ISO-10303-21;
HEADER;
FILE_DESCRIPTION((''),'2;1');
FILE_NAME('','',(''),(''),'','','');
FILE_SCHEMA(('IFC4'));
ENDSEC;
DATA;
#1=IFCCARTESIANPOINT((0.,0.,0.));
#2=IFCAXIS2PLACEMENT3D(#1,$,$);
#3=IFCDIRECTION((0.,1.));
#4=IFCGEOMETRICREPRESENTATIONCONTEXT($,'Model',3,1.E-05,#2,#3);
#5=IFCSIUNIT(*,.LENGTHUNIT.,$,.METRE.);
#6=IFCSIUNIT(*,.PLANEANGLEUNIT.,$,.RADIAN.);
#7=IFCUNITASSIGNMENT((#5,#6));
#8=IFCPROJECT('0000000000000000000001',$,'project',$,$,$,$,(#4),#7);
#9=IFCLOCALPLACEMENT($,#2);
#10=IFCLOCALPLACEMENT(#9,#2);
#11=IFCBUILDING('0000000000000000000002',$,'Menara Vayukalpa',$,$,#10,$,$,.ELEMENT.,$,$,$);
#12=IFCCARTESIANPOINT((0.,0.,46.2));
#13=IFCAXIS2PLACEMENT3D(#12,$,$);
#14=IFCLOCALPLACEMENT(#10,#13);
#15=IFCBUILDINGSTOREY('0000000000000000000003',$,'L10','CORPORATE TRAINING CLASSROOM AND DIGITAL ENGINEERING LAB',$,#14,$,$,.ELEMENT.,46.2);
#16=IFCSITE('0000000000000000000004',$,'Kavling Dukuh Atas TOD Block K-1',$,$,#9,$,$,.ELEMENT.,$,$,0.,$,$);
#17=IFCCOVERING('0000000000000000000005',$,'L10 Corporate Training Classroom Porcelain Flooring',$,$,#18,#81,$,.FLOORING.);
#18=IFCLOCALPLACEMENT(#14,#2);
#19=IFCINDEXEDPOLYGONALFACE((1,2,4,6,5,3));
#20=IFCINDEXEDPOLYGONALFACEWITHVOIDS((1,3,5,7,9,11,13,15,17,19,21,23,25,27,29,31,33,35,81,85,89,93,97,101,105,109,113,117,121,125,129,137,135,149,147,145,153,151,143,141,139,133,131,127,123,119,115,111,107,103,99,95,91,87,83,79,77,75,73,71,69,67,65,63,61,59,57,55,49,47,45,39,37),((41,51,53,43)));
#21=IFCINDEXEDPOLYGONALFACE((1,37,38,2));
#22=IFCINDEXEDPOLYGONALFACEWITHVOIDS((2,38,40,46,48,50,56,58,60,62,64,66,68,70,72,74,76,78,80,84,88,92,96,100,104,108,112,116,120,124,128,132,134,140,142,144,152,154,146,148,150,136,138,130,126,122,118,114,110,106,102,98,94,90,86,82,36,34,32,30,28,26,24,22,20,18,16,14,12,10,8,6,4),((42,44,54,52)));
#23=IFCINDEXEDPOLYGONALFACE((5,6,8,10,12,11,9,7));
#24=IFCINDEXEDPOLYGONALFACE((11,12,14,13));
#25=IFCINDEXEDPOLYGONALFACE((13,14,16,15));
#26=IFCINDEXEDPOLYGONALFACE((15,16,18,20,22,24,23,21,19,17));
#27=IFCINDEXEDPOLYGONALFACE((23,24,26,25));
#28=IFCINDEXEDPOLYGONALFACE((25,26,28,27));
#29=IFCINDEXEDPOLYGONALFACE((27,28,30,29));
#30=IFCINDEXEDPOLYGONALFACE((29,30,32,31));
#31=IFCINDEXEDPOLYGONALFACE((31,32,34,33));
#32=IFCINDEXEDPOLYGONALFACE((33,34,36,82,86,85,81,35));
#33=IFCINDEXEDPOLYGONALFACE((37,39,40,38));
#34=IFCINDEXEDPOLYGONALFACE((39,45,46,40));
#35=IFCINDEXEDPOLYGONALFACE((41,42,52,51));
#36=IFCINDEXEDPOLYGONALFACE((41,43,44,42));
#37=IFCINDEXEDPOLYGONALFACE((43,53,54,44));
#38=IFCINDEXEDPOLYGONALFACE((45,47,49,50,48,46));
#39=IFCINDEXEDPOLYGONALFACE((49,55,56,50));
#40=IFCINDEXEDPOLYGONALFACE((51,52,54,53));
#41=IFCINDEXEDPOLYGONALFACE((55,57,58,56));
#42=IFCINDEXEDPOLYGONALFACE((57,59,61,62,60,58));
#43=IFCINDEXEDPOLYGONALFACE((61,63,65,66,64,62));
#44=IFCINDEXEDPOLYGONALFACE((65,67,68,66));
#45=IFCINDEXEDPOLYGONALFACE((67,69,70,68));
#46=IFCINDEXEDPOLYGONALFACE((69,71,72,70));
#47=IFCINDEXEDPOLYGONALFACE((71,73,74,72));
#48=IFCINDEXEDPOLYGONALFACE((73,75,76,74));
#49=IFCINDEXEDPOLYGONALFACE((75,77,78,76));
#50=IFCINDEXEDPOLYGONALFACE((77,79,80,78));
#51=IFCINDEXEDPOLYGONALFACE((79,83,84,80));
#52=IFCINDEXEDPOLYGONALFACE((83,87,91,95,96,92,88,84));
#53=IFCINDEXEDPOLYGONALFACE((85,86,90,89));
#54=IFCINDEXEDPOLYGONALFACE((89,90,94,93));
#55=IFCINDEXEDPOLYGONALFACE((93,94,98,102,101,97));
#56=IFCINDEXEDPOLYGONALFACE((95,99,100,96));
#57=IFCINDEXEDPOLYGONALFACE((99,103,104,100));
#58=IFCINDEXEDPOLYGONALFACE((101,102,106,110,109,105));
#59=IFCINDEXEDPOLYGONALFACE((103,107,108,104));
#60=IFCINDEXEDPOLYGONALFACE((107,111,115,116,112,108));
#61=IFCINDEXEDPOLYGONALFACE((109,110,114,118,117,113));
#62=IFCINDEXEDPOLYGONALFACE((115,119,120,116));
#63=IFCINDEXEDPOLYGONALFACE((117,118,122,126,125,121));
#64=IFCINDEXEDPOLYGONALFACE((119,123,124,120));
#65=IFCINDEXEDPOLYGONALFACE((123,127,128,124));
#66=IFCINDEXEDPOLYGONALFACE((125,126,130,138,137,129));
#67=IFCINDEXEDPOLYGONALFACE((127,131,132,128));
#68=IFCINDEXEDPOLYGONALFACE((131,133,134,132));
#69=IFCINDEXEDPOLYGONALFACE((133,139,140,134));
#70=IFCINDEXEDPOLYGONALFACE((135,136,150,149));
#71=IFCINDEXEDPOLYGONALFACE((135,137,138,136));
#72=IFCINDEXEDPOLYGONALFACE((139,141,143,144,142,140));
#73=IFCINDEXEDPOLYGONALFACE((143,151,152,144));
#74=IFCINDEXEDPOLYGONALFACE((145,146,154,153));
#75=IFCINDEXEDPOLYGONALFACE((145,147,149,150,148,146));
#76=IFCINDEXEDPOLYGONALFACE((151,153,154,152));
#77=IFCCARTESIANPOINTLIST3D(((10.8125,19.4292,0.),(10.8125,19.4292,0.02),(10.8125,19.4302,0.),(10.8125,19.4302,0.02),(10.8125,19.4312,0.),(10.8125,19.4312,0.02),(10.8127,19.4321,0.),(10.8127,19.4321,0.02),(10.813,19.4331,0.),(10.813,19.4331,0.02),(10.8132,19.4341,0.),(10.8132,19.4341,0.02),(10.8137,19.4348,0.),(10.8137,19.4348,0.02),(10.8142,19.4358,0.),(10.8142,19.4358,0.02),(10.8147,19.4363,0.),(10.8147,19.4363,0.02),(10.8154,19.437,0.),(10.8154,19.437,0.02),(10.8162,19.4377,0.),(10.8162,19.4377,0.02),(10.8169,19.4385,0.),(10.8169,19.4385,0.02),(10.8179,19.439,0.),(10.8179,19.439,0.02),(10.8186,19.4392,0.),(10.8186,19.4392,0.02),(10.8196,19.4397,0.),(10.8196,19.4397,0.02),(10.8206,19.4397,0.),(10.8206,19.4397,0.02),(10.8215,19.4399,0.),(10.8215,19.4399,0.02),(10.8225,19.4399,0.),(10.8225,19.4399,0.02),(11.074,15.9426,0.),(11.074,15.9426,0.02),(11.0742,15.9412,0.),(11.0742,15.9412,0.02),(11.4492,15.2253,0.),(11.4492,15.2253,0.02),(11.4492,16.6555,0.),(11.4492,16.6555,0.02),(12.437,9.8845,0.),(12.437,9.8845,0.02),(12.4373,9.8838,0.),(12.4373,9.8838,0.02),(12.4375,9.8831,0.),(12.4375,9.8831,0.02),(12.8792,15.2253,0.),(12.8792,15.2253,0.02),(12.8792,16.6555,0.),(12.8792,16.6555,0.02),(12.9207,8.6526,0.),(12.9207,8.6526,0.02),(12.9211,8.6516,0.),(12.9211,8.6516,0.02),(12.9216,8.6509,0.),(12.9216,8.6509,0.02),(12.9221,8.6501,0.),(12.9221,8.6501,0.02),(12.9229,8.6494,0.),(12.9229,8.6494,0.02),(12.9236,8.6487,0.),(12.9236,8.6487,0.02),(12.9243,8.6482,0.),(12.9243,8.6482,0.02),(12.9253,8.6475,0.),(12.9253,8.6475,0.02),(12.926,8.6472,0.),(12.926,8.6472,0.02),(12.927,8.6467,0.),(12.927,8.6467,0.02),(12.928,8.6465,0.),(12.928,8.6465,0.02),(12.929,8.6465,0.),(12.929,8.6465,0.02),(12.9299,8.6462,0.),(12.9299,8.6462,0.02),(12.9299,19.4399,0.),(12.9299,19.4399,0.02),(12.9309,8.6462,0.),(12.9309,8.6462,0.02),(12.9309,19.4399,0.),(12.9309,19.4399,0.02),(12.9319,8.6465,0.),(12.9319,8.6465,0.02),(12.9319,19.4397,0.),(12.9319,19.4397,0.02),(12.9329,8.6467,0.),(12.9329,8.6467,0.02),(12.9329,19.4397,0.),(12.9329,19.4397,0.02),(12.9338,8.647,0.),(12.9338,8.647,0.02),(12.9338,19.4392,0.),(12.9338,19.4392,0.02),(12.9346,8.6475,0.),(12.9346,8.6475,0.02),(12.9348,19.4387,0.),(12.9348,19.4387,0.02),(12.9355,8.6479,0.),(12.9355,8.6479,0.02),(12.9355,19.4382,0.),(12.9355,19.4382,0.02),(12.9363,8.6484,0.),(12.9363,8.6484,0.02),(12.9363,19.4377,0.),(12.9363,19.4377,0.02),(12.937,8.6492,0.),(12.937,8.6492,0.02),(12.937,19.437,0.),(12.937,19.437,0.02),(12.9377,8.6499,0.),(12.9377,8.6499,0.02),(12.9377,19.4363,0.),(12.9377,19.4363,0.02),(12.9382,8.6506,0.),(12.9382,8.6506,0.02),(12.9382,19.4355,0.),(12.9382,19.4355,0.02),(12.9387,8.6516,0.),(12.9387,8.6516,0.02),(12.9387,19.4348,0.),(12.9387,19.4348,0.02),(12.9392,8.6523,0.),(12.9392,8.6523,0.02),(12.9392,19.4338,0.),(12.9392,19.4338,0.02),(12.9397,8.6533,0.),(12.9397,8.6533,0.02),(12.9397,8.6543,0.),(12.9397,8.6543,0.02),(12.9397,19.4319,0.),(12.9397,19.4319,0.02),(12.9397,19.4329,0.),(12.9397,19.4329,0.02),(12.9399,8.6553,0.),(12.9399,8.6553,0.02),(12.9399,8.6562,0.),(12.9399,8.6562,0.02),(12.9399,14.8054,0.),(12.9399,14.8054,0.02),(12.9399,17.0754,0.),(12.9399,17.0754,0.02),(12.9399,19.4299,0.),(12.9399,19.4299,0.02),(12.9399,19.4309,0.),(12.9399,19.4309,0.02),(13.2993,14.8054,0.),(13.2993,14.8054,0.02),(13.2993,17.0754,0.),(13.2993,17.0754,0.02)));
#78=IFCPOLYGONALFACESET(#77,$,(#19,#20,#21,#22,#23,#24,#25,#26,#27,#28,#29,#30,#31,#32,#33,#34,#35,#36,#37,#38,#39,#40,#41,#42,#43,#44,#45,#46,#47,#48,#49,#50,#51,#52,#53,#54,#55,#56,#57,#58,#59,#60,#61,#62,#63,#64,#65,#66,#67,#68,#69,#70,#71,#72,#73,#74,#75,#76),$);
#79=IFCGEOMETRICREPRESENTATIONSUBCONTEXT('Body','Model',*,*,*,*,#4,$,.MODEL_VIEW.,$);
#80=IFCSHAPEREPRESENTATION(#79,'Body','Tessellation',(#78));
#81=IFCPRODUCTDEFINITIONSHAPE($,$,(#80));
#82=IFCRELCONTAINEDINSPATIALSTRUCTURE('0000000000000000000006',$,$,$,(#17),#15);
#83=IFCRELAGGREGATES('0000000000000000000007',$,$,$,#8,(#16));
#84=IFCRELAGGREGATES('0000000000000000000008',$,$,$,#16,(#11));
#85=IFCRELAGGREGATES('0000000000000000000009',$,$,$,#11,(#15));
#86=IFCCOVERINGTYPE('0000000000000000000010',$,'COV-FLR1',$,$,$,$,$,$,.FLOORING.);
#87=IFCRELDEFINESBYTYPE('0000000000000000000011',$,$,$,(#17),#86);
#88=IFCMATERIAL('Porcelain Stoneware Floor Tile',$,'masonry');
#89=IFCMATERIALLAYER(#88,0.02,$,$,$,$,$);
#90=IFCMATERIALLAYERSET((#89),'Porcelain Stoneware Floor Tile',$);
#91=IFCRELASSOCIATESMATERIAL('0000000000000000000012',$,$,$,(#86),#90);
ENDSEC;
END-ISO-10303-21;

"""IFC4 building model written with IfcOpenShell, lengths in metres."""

from ifc_helpers import new_model, si_unit, direction, frame, origin, place, context, subcontext, project, spatial, polyline, outline, extrude, material, layer, layer_set, type_object, element, save


model = new_model("IFC4")

# Units and contexts
model_context = context("Model", 3, precision=1e-05, world=origin(), true_north=direction((0.0, 1.0)))
body_context = subcontext(model_context, "Body", "Model", "MODEL_VIEW")
ifc_project = project(units=[si_unit("LENGTHUNIT", "METRE"), si_unit("PLANEANGLEUNIT", "RADIAN")], contexts=[model_context])

# Site, building, storey
site_placement = place(None, origin())
site = spatial("IfcSite", under=ifc_project, at=site_placement, Name="Kavling Dukuh Atas TOD Block K-1", CompositionType="ELEMENT", RefElevation=0.0)
building_placement = place(site_placement, origin())
building = spatial("IfcBuilding", under=site, at=building_placement, Name="Menara Vayukalpa", CompositionType="ELEMENT")
storey_placement = place(building_placement, frame((0.0, 0.0, 46.2)))
storey = spatial("IfcBuildingStorey", under=building, at=storey_placement, Name="L10", Description="CORPORATE TRAINING CLASSROOM AND DIGITAL ENGINEERING LAB", CompositionType="ELEMENT", Elevation=46.2)

# Covering
ifc_material_1 = material(Name="Porcelain Stoneware Floor Tile", Category="masonry")
ifc_layer_1 = layer(ifc_material_1, 0.02)
ifc_layer_set_1 = layer_set([ifc_layer_1], Name="Porcelain Stoneware Floor Tile")
covering_type_1 = type_object("IfcCoveringType", Name="COV-FLR1", PredefinedType="FLOORING", material=ifc_layer_set_1)
covering_1_placement = place(storey_placement, origin())
element("IfcCovering", 1, at=covering_1_placement, inside=storey, type_object=covering_type_1, Name="L10 Corporate Training Classroom Porcelain Flooring", PredefinedType="FLOORING", context=body_context, shape_type="SweptSolid", body=[
    extrude(outline(polyline([(12.437, 9.8845), (11.0742, 15.9412), (11.074, 15.9426), (10.8125, 19.4292), (10.8125, 19.4302), (10.8125, 19.4312), (10.8127, 19.4321), (10.813, 19.4331), (10.8132, 19.4341), (10.8137, 19.4348), (10.8142, 19.4358), (10.8147, 19.4363), (10.8154, 19.437), (10.8162, 19.4377), (10.8169, 19.4385), (10.8179, 19.439), (10.8186, 19.4392), (10.8196, 19.4397), (10.8206, 19.4397), (10.8215, 19.4399), (10.8225, 19.4399), (12.9299, 19.4399), (12.9309, 19.4399), (12.9319, 19.4397), (12.9329, 19.4397), (12.9338, 19.4392), (12.9348, 19.4387), (12.9355, 19.4382), (12.9363, 19.4377), (12.937, 19.437), (12.9377, 19.4363), (12.9382, 19.4355), (12.9387, 19.4348), (12.9392, 19.4338), (12.9397, 19.4329), (12.9397, 19.4319), (12.9399, 19.4309), (12.9399, 19.4299), (12.9399, 17.0754), (13.2993, 17.0754), (13.2993, 14.8054), (12.9399, 14.8054), (12.9399, 8.6562), (12.9399, 8.6553), (12.9397, 8.6543), (12.9397, 8.6533), (12.9392, 8.6523), (12.9387, 8.6516), (12.9382, 8.6506), (12.9377, 8.6499), (12.937, 8.6492), (12.9363, 8.6484), (12.9355, 8.6479), (12.9346, 8.6475), (12.9338, 8.647), (12.9329, 8.6467), (12.9319, 8.6465), (12.9309, 8.6462), (12.9299, 8.6462), (12.929, 8.6465), (12.928, 8.6465), (12.927, 8.6467), (12.926, 8.6472), (12.9253, 8.6475), (12.9243, 8.6482), (12.9236, 8.6487), (12.9229, 8.6494), (12.9221, 8.6501), (12.9216, 8.6509), (12.9211, 8.6516), (12.9207, 8.6526), (12.4375, 9.8831), (12.4373, 9.8838), (12.437, 9.8845)]), holes=[polyline([(12.8792, 16.6555), (11.4492, 16.6555), (11.4492, 15.2253), (12.8792, 15.2253), (12.8792, 16.6555)])]), origin(), (0.0, 0.0, 1.0), 0.02),
])

save(model, "model.ifc")
